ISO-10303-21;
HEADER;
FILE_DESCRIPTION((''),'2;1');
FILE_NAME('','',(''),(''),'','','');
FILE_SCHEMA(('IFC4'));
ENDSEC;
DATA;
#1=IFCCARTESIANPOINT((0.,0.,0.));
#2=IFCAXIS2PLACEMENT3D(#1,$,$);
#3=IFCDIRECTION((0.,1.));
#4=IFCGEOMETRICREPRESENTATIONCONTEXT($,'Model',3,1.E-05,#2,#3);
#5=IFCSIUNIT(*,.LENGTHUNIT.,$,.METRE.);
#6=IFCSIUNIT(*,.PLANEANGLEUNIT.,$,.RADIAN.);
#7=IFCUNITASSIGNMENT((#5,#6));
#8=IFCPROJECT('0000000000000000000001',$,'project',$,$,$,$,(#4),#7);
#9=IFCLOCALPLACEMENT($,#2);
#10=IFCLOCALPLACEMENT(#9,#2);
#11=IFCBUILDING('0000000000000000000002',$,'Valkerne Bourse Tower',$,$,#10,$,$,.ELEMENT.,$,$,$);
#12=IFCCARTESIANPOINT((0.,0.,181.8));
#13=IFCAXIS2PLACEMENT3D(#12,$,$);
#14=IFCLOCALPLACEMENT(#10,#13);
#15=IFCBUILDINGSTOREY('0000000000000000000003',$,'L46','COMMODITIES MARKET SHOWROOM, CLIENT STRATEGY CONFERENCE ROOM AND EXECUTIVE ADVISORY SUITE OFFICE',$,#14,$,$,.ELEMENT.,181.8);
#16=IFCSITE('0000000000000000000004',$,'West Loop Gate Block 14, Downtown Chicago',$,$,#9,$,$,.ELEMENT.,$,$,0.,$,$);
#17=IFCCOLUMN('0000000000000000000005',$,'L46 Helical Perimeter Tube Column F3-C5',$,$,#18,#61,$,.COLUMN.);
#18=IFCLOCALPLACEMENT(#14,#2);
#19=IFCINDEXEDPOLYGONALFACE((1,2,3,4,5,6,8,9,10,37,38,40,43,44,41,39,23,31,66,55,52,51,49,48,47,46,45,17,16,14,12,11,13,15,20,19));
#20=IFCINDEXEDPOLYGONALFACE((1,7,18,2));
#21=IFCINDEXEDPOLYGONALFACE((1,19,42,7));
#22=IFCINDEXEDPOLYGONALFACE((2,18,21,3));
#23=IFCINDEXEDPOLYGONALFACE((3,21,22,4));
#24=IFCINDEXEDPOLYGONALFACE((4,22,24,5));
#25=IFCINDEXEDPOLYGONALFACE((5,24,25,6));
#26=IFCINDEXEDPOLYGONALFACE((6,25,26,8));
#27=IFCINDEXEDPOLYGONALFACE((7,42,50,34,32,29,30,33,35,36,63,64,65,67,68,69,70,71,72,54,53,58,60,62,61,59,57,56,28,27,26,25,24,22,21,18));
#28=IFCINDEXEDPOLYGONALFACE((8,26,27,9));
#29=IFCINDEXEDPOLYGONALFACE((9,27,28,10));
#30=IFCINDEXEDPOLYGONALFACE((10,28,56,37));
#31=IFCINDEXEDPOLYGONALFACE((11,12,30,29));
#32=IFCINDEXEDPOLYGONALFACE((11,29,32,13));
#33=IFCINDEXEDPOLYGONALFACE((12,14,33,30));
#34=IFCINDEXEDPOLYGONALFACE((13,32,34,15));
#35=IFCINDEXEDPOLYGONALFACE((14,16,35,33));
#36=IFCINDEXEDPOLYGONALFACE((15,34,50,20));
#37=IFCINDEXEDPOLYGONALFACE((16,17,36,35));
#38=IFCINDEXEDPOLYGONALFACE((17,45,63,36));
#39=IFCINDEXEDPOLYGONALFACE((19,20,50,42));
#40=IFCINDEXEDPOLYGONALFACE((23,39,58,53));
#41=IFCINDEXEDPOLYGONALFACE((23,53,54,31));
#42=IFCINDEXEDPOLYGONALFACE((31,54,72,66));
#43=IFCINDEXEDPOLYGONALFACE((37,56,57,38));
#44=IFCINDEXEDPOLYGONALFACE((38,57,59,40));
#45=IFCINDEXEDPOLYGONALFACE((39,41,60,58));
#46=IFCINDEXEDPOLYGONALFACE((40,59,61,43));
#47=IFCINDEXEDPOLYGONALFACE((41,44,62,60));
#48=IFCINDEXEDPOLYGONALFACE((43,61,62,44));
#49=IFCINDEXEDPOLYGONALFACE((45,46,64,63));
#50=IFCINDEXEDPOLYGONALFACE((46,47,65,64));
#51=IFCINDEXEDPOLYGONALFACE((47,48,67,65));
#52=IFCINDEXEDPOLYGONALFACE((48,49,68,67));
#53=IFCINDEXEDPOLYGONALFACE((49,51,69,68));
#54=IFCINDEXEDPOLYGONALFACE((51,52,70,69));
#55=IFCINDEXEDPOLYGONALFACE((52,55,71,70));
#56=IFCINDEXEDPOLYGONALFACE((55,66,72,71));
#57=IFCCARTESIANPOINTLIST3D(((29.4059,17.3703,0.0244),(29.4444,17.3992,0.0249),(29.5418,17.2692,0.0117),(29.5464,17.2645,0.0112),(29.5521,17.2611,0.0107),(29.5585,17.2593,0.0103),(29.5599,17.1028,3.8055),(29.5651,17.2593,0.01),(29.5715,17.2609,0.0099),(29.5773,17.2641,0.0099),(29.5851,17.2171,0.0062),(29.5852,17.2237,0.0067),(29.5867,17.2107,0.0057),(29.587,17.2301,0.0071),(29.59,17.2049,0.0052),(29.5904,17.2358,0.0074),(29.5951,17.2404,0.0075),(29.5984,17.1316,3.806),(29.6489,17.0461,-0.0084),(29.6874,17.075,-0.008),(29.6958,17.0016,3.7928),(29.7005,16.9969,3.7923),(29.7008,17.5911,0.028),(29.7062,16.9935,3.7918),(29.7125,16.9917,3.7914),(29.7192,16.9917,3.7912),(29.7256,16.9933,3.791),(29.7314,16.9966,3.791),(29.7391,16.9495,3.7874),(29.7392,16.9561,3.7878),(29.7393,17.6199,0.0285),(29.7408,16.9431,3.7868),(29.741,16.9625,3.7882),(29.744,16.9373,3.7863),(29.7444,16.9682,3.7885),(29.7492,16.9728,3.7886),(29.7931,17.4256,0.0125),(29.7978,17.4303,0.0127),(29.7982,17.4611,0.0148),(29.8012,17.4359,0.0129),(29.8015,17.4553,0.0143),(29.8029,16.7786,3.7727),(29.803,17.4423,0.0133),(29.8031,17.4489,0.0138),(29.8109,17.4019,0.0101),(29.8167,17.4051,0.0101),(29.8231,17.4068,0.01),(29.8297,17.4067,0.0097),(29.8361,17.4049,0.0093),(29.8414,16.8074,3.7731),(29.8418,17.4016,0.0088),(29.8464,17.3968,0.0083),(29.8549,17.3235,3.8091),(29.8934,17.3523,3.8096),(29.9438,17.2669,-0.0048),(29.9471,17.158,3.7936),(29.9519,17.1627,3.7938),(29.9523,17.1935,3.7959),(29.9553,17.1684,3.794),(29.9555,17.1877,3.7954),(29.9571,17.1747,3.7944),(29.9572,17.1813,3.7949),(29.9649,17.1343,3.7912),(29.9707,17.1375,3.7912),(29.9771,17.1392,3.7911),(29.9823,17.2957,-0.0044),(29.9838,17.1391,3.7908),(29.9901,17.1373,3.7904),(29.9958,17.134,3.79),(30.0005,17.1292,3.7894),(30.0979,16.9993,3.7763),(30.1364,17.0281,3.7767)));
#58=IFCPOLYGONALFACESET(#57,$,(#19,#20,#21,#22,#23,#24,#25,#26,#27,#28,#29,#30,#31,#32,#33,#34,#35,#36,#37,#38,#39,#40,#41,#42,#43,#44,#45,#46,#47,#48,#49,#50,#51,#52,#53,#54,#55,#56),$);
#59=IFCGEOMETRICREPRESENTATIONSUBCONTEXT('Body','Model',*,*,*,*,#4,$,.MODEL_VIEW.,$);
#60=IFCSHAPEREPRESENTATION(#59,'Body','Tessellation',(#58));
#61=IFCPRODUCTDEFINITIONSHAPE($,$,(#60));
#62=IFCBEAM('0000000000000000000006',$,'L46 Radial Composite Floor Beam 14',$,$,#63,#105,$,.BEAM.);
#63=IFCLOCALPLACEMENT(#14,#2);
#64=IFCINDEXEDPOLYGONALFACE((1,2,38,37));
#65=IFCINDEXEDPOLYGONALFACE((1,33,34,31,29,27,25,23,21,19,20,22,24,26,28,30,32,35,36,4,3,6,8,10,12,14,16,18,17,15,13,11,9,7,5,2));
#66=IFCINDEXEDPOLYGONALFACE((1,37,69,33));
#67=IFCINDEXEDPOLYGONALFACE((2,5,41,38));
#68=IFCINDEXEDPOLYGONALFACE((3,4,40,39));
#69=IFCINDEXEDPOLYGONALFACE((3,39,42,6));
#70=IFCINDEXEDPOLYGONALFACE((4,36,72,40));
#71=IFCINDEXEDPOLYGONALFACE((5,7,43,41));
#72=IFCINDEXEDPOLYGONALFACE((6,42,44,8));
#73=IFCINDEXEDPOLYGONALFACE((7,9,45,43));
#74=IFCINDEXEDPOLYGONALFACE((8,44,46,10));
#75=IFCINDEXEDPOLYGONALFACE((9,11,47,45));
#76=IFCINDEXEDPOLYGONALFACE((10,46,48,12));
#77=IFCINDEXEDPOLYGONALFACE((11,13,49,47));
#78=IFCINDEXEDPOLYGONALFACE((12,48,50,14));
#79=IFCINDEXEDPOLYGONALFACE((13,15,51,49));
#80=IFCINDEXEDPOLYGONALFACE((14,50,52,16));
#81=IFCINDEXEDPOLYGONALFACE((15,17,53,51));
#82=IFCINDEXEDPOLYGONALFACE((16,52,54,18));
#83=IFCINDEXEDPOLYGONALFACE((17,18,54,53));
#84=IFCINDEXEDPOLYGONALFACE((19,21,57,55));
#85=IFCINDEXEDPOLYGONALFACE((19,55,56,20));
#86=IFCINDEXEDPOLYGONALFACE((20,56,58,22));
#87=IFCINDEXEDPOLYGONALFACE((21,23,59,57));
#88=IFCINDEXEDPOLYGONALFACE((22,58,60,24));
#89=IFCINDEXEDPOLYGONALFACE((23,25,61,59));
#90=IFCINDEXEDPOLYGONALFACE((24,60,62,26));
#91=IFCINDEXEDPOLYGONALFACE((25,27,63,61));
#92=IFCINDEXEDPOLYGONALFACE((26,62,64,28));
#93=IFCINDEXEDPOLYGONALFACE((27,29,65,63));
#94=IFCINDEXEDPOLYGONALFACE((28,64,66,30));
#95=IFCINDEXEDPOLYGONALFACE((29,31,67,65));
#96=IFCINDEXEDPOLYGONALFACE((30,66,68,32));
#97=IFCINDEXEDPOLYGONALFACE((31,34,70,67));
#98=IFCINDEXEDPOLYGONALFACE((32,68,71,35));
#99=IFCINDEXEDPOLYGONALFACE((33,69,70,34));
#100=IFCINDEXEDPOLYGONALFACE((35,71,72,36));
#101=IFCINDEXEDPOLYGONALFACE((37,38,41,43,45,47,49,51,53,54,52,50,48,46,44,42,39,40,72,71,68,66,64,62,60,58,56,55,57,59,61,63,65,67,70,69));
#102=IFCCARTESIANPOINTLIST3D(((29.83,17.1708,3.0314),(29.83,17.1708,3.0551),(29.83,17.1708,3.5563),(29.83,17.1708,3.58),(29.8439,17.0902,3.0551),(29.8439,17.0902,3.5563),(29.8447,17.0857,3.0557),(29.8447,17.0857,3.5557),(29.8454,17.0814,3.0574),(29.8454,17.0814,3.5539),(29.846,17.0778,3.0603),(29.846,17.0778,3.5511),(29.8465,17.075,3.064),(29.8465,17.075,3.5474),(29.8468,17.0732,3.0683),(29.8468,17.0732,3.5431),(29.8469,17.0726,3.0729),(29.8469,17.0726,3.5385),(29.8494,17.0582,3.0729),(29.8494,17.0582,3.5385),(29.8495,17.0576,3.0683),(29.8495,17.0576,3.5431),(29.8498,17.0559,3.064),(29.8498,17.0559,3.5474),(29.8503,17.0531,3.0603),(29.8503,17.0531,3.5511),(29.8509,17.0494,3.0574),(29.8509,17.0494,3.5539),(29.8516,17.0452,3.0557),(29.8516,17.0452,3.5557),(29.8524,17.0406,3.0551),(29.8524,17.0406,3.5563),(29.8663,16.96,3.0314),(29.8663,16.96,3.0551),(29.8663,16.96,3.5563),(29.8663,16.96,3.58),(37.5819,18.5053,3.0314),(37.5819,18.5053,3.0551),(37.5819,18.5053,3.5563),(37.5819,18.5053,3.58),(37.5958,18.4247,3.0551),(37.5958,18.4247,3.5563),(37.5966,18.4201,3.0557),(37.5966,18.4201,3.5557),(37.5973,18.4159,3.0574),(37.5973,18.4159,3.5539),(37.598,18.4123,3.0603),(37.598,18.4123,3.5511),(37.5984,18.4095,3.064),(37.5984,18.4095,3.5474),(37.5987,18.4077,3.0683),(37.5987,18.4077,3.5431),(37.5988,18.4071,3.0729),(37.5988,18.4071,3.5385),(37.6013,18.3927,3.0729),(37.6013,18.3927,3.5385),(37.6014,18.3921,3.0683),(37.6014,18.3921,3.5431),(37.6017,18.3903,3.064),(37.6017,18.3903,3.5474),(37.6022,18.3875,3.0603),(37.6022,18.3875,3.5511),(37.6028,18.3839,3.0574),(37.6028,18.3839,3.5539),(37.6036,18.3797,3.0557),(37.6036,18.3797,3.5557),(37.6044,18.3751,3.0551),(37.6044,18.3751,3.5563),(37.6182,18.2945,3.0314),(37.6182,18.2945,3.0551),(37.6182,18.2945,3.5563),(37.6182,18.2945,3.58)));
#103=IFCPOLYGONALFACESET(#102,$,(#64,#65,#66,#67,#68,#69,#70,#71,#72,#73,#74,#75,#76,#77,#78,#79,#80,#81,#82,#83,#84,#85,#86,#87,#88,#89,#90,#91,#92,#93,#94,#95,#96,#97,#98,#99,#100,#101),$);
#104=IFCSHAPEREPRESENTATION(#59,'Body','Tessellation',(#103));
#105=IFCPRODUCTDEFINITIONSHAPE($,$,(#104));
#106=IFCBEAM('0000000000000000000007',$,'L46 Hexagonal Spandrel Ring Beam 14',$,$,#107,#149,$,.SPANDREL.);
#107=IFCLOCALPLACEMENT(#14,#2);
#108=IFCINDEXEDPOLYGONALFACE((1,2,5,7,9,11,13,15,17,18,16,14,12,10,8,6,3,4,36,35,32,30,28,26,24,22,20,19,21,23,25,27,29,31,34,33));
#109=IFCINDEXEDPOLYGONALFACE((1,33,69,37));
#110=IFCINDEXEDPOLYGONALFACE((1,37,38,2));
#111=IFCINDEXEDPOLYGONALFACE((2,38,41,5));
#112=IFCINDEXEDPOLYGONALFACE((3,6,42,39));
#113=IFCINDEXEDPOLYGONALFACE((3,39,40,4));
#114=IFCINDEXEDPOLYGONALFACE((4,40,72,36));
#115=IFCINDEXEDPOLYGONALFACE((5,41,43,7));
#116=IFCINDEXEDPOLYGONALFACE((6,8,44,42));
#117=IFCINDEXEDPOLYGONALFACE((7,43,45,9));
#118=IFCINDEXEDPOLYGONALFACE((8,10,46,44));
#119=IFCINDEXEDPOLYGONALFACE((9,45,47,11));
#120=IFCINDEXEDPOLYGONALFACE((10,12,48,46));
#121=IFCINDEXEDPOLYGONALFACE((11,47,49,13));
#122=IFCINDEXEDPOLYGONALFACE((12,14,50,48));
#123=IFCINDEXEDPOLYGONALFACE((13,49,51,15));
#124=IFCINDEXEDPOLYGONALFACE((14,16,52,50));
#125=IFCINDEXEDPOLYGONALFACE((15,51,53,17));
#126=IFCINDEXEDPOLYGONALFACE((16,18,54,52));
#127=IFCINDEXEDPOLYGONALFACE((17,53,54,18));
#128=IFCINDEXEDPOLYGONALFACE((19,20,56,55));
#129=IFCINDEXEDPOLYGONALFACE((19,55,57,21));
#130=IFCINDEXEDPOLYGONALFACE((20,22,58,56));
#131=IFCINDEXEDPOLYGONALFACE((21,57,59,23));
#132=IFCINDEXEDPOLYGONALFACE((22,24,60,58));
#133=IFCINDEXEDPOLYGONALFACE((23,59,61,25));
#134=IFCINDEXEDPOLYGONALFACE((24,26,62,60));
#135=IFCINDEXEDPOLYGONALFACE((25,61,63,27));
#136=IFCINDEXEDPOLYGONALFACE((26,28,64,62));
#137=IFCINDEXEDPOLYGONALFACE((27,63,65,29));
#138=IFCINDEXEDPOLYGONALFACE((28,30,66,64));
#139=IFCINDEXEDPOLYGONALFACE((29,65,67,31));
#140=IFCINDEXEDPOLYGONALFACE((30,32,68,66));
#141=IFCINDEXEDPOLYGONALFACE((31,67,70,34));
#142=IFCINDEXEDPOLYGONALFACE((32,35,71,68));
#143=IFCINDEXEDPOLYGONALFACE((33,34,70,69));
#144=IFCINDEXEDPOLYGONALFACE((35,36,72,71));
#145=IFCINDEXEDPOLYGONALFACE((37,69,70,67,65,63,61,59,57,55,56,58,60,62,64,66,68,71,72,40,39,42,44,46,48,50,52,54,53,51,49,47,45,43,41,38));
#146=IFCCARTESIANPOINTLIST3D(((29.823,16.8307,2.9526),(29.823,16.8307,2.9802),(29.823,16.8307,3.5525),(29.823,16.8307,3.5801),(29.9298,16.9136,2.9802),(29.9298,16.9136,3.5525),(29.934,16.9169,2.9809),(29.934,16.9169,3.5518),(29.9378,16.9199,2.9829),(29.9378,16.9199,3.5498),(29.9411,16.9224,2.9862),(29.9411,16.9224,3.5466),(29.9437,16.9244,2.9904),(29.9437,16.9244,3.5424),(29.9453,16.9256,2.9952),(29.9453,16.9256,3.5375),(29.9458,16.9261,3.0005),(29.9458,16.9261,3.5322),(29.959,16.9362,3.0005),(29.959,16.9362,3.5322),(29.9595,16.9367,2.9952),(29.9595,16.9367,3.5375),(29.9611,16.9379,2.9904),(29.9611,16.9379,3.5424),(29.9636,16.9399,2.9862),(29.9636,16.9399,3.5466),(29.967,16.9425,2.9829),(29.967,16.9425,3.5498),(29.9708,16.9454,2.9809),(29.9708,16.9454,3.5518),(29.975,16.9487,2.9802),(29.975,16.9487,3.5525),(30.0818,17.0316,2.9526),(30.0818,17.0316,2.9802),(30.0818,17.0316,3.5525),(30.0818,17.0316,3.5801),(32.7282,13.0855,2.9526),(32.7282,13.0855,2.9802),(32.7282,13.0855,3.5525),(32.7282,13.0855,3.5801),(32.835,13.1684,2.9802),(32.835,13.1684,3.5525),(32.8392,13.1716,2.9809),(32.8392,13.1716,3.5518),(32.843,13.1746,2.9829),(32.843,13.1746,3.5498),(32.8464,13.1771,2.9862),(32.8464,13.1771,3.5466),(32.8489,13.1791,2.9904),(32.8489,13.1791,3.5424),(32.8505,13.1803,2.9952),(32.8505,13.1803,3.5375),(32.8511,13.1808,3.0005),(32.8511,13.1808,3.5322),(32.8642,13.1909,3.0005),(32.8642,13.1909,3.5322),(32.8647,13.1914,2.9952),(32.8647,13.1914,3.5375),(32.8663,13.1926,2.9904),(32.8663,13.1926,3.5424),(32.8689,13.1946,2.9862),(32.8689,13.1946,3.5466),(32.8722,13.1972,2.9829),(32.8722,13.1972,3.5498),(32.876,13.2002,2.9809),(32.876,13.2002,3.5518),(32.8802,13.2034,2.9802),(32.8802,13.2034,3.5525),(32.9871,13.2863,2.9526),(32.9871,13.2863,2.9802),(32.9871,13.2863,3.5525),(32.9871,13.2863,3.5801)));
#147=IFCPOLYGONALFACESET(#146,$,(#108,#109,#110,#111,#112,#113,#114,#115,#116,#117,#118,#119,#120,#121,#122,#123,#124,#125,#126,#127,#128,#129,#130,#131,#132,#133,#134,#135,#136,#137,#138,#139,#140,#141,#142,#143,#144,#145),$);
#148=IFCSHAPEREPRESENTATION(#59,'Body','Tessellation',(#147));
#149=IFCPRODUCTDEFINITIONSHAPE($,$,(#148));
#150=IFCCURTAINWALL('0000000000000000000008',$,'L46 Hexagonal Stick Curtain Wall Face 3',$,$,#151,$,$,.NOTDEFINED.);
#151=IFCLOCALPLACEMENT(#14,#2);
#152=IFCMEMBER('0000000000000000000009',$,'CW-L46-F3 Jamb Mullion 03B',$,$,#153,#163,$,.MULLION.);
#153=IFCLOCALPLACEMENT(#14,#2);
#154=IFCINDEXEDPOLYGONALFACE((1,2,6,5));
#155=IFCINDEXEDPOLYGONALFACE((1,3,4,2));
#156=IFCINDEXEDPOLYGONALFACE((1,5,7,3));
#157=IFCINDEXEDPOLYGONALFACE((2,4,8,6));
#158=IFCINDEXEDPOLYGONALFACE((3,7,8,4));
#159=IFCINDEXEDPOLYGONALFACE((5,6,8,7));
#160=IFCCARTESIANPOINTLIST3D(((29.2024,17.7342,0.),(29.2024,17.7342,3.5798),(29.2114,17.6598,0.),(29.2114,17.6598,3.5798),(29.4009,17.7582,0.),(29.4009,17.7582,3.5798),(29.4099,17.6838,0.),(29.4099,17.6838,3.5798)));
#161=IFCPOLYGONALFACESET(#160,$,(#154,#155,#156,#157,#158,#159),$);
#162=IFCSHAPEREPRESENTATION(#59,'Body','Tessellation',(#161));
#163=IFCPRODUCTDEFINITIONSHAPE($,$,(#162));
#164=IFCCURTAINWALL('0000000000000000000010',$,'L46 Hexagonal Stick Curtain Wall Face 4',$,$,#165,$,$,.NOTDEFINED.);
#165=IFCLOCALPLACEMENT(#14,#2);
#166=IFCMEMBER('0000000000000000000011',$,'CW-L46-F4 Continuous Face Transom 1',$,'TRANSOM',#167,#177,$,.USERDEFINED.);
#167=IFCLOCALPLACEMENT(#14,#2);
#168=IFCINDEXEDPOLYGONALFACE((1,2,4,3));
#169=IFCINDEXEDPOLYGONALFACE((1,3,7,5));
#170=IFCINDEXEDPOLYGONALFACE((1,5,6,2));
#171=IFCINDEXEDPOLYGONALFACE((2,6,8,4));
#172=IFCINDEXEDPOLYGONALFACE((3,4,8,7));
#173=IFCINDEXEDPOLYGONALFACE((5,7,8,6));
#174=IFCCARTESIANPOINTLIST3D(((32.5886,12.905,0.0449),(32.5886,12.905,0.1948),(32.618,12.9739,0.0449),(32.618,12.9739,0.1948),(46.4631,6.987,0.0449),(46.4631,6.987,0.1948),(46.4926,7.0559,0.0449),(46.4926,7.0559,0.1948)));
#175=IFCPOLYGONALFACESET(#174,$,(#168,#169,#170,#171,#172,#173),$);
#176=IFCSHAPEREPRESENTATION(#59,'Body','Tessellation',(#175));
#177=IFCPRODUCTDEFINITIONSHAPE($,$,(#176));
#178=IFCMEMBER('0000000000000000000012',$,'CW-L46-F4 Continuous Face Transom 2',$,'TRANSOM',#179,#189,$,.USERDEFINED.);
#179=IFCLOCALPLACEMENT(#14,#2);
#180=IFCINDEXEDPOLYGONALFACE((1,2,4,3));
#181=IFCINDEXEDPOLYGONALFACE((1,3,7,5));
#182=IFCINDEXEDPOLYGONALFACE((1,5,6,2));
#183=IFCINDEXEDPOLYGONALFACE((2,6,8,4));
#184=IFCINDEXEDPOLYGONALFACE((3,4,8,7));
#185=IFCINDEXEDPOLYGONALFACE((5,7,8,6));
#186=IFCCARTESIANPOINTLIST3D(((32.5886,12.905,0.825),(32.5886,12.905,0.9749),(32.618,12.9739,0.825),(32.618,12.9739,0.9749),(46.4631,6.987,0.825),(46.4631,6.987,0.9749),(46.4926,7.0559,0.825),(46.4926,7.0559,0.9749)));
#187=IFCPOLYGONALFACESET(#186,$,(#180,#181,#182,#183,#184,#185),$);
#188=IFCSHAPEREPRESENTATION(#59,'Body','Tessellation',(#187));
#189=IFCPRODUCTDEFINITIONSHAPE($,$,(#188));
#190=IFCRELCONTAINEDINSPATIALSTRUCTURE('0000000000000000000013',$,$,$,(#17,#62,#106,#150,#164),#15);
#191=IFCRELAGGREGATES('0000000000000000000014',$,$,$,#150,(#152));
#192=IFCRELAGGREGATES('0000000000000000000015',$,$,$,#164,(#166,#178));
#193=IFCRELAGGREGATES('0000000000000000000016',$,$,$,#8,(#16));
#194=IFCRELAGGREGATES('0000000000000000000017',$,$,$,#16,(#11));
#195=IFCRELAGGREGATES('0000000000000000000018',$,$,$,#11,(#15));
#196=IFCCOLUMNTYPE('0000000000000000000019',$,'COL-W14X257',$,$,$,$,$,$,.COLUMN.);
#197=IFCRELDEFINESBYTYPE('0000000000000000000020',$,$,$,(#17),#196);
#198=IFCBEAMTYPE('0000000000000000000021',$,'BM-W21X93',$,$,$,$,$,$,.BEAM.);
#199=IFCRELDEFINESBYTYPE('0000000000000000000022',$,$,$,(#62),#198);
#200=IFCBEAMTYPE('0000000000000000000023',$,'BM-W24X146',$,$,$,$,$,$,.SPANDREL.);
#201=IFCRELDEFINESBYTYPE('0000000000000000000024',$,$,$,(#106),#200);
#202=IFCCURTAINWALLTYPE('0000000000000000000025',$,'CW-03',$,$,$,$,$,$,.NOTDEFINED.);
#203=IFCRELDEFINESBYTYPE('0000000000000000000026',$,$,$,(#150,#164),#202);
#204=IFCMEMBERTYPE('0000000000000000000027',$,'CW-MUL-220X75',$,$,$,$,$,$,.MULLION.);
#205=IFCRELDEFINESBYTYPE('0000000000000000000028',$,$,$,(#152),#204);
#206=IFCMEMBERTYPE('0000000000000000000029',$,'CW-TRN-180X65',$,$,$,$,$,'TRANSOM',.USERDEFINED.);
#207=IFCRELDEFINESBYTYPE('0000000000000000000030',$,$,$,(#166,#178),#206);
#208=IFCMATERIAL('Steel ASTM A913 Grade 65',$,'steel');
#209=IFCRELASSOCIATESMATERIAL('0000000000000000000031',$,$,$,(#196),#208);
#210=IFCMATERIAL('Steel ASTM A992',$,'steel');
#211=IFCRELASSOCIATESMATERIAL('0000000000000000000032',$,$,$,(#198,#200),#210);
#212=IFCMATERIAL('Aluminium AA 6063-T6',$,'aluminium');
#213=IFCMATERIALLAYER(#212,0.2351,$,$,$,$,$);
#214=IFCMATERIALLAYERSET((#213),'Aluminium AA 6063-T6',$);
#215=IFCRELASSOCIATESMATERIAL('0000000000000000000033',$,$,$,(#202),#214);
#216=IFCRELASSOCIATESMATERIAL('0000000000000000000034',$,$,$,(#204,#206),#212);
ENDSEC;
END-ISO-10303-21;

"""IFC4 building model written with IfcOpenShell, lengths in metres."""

from ifc_helpers import new_model, si_unit, direction, frame, origin, origin_2d, place, context, subcontext, project, spatial, rectangle, i_section, extrude, material, layer, layer_set, material_profile, profile_set, type_object, element, aggregate, save


model = new_model("IFC4")

# Units and contexts
model_context = context("Model", 3, precision=1e-05, world=origin(), true_north=direction((0.0, 1.0)))
body_context = subcontext(model_context, "Body", "Model", "MODEL_VIEW")
ifc_project = project(units=[si_unit("LENGTHUNIT", "METRE"), si_unit("PLANEANGLEUNIT", "RADIAN")], contexts=[model_context])

# Site, building, storey
site_placement = place(None, origin())
site = spatial("IfcSite", under=ifc_project, at=site_placement, Name="West Loop Gate Block 14, Downtown Chicago", CompositionType="ELEMENT", RefElevation=0.0)
building_placement = place(site_placement, origin())
building = spatial("IfcBuilding", under=site, at=building_placement, Name="Valkerne Bourse Tower", CompositionType="ELEMENT")
storey_placement = place(building_placement, frame((0.0, 0.0, 181.8)))
storey = spatial("IfcBuildingStorey", under=building, at=storey_placement, Name="L46", Description="COMMODITIES MARKET SHOWROOM, CLIENT STRATEGY CONFERENCE ROOM AND EXECUTIVE ADVISORY SUITE OFFICE", CompositionType="ELEMENT", Elevation=181.8)

# Column
ifc_material_1 = material(Name="Steel ASTM A913 Grade 65", Category="steel")
ifc_material_profile_1 = material_profile(ifc_material_1, i_section(OverallWidth=0.4065, OverallDepth=0.4165, WebThickness=0.0298, FlangeThickness=0.0481, FilletRadius=0.0254, at=origin_2d()), Name="W14X257")
ifc_profile_set_1 = profile_set([ifc_material_profile_1], Name="Steel ASTM A913 Grade 65")
column_type = type_object("IfcColumnType", Name="COL-W14X257", PredefinedType="COLUMN", material=ifc_profile_set_1)
column_placement = place(storey_placement, frame((29.6941, 17.333, 0.01), z_axis=(0.040609, -0.070534, 0.996682), x_axis=(0.597804, -0.79756, -0.080799)))
element("IfcColumn", 1, at=column_placement, inside=storey, type_object=column_type, Name="L46 Helical Perimeter Tube Column F3-C5", PredefinedType="COLUMN", context=body_context, shape_type="SweptSolid", body=[
    extrude(i_section(OverallWidth=0.4065, OverallDepth=0.4165, WebThickness=0.0298, FlangeThickness=0.0481, FilletRadius=0.0254, at=origin_2d()), origin(), (0.0, 0.0, 1.0), 3.7937),
])

# Beams
ifc_material_2 = material(Name="Steel ASTM A992", Category="steel")
ifc_material_profile_2 = material_profile(ifc_material_2, i_section(OverallWidth=0.2139, OverallDepth=0.5486, WebThickness=0.0146, FlangeThickness=0.0237, FilletRadius=0.0178, at=origin_2d()), Name="W21X93")
ifc_profile_set_2 = profile_set([ifc_material_profile_2], Name="Steel ASTM A992")
beam_type_1 = type_object("IfcBeamType", Name="BM-W21X93", PredefinedType="BEAM", material=ifc_profile_set_2)
beam_1_placement = place(storey_placement, frame((29.8481, 17.0654, 3.3057), z_axis=(0.985504, 0.169651, 0.0), x_axis=(-0.169651, 0.985504, 0.0)))
element("IfcBeam", 2, at=beam_1_placement, inside=storey, type_object=beam_type_1, Name="L46 Radial Composite Floor Beam 14", PredefinedType="BEAM", context=body_context, shape_type="SweptSolid", body=[
    extrude(i_section(OverallWidth=0.2139, OverallDepth=0.5486, WebThickness=0.0146, FlangeThickness=0.0237, FilletRadius=0.0178, at=origin_2d()), origin(), (0.0, 0.0, 1.0), 7.866),
])
ifc_material_profile_3 = material_profile(ifc_material_2, i_section(OverallWidth=0.3276, OverallDepth=0.6274, WebThickness=0.0166, FlangeThickness=0.0276, FilletRadius=0.0203, at=origin_2d()), Name="W24X146")
ifc_profile_set_3 = profile_set([ifc_material_profile_3], Name="Steel ASTM A992")
beam_type_2 = type_object("IfcBeamType", Name="BM-W24X146", PredefinedType="SPANDREL", material=ifc_profile_set_3)
beam_2_placement = place(storey_placement, frame((29.9524, 16.9312, 3.2664), z_axis=(0.612917, -0.790148, 0.0), x_axis=(0.790148, 0.612917, 0.0)))
element("IfcBeam", 3, at=beam_2_placement, inside=storey, type_object=beam_type_2, Name="L46 Hexagonal Spandrel Ring Beam 14", PredefinedType="SPANDREL", context=body_context, shape_type="SweptSolid", body=[
    extrude(i_section(OverallWidth=0.3276, OverallDepth=0.6274, WebThickness=0.0166, FlangeThickness=0.0276, FilletRadius=0.0203, at=origin_2d()), origin(), (0.0, 0.0, 1.0), 4.74),
])

# Curtain wall, member
ifc_material_3 = material(Name="Aluminium AA 6063-T6", Category="aluminium")
ifc_layer_1 = layer(ifc_material_3, 0.2351)
ifc_layer_set_1 = layer_set([ifc_layer_1], Name="Aluminium AA 6063-T6")
curtain_wall_type = type_object("IfcCurtainWallType", Name="CW-03", PredefinedType="NOTDEFINED", material=ifc_layer_set_1)
curtain_wall_1_placement = place(storey_placement, origin())
curtain_wall_1 = element("IfcCurtainWall", 4, at=curtain_wall_1_placement, inside=storey, type_object=curtain_wall_type, Name="L46 Hexagonal Stick Curtain Wall Face 3", PredefinedType="NOTDEFINED")
ifc_material_profile_4 = material_profile(ifc_material_3, rectangle(XDim=0.075, YDim=0.2, at=origin_2d()), Name="CWM-75X200")
ifc_profile_set_4 = profile_set([ifc_material_profile_4], Name="Aluminium AA 6063-T6")
member_type_1 = type_object("IfcMemberType", Name="CW-MUL-220X75", PredefinedType="MULLION", material=ifc_profile_set_4)
member_1_placement = place(storey_placement, frame((29.3062, 17.709, 0.0), z_axis=(0.0, 0.0, 1.0), x_axis=(0.12013, -0.992758, 0.0)))
member_1 = element("IfcMember", 5, at=member_1_placement, type_object=member_type_1, Name="CW-L46-F3 Jamb Mullion 03B", PredefinedType="MULLION", context=body_context, shape_type="SweptSolid", body=[
    extrude(rectangle(XDim=0.075, YDim=0.2, at=origin_2d()), origin(), (0.0, 0.0, 1.0), 3.5798),
])
aggregate(curtain_wall_1, [member_1])

# Curtain wall, members
curtain_wall_2_placement = place(storey_placement, origin())
curtain_wall_2 = element("IfcCurtainWall", 6, at=curtain_wall_2_placement, inside=storey, type_object=curtain_wall_type, Name="L46 Hexagonal Stick Curtain Wall Face 4", PredefinedType="NOTDEFINED")
ifc_material_profile_5 = material_profile(ifc_material_3, rectangle(XDim=0.075, YDim=0.1499, at=origin_2d()), Name="CWT-75X150")
ifc_profile_set_5 = profile_set([ifc_material_profile_5], Name="Aluminium AA 6063-T6")
member_type_2 = type_object("IfcMemberType", Name="CW-TRN-180X65", ElementType="TRANSOM", PredefinedType="USERDEFINED", material=ifc_profile_set_5)
member_2_placement = place(storey_placement, frame((32.6033, 12.9395, 0.1199), z_axis=(0.919822, -0.392336, 0.0), x_axis=(0.392336, 0.919822, 0.0)))
member_2 = element("IfcMember", 7, at=member_2_placement, type_object=member_type_2, Name="CW-L46-F4 Continuous Face Transom 1", ObjectType="TRANSOM", PredefinedType="USERDEFINED", context=body_context, shape_type="SweptSolid", body=[
    extrude(rectangle(XDim=0.075, YDim=0.1499, at=origin_2d()), origin(), (0.0, 0.0, 1.0), 15.084),
])
member_3_placement = place(storey_placement, frame((32.6033, 12.9395, 0.8999), z_axis=(0.919822, -0.392336, 0.0), x_axis=(0.392336, 0.919822, 0.0)))
member_3 = element("IfcMember", 8, at=member_3_placement, type_object=member_type_2, Name="CW-L46-F4 Continuous Face Transom 2", ObjectType="TRANSOM", PredefinedType="USERDEFINED", context=body_context, shape_type="SweptSolid", body=[
    extrude(rectangle(XDim=0.075, YDim=0.1499, at=origin_2d()), origin(), (0.0, 0.0, 1.0), 15.084),
])
aggregate(curtain_wall_2, [member_2, member_3])

save(model, "model.ifc")
